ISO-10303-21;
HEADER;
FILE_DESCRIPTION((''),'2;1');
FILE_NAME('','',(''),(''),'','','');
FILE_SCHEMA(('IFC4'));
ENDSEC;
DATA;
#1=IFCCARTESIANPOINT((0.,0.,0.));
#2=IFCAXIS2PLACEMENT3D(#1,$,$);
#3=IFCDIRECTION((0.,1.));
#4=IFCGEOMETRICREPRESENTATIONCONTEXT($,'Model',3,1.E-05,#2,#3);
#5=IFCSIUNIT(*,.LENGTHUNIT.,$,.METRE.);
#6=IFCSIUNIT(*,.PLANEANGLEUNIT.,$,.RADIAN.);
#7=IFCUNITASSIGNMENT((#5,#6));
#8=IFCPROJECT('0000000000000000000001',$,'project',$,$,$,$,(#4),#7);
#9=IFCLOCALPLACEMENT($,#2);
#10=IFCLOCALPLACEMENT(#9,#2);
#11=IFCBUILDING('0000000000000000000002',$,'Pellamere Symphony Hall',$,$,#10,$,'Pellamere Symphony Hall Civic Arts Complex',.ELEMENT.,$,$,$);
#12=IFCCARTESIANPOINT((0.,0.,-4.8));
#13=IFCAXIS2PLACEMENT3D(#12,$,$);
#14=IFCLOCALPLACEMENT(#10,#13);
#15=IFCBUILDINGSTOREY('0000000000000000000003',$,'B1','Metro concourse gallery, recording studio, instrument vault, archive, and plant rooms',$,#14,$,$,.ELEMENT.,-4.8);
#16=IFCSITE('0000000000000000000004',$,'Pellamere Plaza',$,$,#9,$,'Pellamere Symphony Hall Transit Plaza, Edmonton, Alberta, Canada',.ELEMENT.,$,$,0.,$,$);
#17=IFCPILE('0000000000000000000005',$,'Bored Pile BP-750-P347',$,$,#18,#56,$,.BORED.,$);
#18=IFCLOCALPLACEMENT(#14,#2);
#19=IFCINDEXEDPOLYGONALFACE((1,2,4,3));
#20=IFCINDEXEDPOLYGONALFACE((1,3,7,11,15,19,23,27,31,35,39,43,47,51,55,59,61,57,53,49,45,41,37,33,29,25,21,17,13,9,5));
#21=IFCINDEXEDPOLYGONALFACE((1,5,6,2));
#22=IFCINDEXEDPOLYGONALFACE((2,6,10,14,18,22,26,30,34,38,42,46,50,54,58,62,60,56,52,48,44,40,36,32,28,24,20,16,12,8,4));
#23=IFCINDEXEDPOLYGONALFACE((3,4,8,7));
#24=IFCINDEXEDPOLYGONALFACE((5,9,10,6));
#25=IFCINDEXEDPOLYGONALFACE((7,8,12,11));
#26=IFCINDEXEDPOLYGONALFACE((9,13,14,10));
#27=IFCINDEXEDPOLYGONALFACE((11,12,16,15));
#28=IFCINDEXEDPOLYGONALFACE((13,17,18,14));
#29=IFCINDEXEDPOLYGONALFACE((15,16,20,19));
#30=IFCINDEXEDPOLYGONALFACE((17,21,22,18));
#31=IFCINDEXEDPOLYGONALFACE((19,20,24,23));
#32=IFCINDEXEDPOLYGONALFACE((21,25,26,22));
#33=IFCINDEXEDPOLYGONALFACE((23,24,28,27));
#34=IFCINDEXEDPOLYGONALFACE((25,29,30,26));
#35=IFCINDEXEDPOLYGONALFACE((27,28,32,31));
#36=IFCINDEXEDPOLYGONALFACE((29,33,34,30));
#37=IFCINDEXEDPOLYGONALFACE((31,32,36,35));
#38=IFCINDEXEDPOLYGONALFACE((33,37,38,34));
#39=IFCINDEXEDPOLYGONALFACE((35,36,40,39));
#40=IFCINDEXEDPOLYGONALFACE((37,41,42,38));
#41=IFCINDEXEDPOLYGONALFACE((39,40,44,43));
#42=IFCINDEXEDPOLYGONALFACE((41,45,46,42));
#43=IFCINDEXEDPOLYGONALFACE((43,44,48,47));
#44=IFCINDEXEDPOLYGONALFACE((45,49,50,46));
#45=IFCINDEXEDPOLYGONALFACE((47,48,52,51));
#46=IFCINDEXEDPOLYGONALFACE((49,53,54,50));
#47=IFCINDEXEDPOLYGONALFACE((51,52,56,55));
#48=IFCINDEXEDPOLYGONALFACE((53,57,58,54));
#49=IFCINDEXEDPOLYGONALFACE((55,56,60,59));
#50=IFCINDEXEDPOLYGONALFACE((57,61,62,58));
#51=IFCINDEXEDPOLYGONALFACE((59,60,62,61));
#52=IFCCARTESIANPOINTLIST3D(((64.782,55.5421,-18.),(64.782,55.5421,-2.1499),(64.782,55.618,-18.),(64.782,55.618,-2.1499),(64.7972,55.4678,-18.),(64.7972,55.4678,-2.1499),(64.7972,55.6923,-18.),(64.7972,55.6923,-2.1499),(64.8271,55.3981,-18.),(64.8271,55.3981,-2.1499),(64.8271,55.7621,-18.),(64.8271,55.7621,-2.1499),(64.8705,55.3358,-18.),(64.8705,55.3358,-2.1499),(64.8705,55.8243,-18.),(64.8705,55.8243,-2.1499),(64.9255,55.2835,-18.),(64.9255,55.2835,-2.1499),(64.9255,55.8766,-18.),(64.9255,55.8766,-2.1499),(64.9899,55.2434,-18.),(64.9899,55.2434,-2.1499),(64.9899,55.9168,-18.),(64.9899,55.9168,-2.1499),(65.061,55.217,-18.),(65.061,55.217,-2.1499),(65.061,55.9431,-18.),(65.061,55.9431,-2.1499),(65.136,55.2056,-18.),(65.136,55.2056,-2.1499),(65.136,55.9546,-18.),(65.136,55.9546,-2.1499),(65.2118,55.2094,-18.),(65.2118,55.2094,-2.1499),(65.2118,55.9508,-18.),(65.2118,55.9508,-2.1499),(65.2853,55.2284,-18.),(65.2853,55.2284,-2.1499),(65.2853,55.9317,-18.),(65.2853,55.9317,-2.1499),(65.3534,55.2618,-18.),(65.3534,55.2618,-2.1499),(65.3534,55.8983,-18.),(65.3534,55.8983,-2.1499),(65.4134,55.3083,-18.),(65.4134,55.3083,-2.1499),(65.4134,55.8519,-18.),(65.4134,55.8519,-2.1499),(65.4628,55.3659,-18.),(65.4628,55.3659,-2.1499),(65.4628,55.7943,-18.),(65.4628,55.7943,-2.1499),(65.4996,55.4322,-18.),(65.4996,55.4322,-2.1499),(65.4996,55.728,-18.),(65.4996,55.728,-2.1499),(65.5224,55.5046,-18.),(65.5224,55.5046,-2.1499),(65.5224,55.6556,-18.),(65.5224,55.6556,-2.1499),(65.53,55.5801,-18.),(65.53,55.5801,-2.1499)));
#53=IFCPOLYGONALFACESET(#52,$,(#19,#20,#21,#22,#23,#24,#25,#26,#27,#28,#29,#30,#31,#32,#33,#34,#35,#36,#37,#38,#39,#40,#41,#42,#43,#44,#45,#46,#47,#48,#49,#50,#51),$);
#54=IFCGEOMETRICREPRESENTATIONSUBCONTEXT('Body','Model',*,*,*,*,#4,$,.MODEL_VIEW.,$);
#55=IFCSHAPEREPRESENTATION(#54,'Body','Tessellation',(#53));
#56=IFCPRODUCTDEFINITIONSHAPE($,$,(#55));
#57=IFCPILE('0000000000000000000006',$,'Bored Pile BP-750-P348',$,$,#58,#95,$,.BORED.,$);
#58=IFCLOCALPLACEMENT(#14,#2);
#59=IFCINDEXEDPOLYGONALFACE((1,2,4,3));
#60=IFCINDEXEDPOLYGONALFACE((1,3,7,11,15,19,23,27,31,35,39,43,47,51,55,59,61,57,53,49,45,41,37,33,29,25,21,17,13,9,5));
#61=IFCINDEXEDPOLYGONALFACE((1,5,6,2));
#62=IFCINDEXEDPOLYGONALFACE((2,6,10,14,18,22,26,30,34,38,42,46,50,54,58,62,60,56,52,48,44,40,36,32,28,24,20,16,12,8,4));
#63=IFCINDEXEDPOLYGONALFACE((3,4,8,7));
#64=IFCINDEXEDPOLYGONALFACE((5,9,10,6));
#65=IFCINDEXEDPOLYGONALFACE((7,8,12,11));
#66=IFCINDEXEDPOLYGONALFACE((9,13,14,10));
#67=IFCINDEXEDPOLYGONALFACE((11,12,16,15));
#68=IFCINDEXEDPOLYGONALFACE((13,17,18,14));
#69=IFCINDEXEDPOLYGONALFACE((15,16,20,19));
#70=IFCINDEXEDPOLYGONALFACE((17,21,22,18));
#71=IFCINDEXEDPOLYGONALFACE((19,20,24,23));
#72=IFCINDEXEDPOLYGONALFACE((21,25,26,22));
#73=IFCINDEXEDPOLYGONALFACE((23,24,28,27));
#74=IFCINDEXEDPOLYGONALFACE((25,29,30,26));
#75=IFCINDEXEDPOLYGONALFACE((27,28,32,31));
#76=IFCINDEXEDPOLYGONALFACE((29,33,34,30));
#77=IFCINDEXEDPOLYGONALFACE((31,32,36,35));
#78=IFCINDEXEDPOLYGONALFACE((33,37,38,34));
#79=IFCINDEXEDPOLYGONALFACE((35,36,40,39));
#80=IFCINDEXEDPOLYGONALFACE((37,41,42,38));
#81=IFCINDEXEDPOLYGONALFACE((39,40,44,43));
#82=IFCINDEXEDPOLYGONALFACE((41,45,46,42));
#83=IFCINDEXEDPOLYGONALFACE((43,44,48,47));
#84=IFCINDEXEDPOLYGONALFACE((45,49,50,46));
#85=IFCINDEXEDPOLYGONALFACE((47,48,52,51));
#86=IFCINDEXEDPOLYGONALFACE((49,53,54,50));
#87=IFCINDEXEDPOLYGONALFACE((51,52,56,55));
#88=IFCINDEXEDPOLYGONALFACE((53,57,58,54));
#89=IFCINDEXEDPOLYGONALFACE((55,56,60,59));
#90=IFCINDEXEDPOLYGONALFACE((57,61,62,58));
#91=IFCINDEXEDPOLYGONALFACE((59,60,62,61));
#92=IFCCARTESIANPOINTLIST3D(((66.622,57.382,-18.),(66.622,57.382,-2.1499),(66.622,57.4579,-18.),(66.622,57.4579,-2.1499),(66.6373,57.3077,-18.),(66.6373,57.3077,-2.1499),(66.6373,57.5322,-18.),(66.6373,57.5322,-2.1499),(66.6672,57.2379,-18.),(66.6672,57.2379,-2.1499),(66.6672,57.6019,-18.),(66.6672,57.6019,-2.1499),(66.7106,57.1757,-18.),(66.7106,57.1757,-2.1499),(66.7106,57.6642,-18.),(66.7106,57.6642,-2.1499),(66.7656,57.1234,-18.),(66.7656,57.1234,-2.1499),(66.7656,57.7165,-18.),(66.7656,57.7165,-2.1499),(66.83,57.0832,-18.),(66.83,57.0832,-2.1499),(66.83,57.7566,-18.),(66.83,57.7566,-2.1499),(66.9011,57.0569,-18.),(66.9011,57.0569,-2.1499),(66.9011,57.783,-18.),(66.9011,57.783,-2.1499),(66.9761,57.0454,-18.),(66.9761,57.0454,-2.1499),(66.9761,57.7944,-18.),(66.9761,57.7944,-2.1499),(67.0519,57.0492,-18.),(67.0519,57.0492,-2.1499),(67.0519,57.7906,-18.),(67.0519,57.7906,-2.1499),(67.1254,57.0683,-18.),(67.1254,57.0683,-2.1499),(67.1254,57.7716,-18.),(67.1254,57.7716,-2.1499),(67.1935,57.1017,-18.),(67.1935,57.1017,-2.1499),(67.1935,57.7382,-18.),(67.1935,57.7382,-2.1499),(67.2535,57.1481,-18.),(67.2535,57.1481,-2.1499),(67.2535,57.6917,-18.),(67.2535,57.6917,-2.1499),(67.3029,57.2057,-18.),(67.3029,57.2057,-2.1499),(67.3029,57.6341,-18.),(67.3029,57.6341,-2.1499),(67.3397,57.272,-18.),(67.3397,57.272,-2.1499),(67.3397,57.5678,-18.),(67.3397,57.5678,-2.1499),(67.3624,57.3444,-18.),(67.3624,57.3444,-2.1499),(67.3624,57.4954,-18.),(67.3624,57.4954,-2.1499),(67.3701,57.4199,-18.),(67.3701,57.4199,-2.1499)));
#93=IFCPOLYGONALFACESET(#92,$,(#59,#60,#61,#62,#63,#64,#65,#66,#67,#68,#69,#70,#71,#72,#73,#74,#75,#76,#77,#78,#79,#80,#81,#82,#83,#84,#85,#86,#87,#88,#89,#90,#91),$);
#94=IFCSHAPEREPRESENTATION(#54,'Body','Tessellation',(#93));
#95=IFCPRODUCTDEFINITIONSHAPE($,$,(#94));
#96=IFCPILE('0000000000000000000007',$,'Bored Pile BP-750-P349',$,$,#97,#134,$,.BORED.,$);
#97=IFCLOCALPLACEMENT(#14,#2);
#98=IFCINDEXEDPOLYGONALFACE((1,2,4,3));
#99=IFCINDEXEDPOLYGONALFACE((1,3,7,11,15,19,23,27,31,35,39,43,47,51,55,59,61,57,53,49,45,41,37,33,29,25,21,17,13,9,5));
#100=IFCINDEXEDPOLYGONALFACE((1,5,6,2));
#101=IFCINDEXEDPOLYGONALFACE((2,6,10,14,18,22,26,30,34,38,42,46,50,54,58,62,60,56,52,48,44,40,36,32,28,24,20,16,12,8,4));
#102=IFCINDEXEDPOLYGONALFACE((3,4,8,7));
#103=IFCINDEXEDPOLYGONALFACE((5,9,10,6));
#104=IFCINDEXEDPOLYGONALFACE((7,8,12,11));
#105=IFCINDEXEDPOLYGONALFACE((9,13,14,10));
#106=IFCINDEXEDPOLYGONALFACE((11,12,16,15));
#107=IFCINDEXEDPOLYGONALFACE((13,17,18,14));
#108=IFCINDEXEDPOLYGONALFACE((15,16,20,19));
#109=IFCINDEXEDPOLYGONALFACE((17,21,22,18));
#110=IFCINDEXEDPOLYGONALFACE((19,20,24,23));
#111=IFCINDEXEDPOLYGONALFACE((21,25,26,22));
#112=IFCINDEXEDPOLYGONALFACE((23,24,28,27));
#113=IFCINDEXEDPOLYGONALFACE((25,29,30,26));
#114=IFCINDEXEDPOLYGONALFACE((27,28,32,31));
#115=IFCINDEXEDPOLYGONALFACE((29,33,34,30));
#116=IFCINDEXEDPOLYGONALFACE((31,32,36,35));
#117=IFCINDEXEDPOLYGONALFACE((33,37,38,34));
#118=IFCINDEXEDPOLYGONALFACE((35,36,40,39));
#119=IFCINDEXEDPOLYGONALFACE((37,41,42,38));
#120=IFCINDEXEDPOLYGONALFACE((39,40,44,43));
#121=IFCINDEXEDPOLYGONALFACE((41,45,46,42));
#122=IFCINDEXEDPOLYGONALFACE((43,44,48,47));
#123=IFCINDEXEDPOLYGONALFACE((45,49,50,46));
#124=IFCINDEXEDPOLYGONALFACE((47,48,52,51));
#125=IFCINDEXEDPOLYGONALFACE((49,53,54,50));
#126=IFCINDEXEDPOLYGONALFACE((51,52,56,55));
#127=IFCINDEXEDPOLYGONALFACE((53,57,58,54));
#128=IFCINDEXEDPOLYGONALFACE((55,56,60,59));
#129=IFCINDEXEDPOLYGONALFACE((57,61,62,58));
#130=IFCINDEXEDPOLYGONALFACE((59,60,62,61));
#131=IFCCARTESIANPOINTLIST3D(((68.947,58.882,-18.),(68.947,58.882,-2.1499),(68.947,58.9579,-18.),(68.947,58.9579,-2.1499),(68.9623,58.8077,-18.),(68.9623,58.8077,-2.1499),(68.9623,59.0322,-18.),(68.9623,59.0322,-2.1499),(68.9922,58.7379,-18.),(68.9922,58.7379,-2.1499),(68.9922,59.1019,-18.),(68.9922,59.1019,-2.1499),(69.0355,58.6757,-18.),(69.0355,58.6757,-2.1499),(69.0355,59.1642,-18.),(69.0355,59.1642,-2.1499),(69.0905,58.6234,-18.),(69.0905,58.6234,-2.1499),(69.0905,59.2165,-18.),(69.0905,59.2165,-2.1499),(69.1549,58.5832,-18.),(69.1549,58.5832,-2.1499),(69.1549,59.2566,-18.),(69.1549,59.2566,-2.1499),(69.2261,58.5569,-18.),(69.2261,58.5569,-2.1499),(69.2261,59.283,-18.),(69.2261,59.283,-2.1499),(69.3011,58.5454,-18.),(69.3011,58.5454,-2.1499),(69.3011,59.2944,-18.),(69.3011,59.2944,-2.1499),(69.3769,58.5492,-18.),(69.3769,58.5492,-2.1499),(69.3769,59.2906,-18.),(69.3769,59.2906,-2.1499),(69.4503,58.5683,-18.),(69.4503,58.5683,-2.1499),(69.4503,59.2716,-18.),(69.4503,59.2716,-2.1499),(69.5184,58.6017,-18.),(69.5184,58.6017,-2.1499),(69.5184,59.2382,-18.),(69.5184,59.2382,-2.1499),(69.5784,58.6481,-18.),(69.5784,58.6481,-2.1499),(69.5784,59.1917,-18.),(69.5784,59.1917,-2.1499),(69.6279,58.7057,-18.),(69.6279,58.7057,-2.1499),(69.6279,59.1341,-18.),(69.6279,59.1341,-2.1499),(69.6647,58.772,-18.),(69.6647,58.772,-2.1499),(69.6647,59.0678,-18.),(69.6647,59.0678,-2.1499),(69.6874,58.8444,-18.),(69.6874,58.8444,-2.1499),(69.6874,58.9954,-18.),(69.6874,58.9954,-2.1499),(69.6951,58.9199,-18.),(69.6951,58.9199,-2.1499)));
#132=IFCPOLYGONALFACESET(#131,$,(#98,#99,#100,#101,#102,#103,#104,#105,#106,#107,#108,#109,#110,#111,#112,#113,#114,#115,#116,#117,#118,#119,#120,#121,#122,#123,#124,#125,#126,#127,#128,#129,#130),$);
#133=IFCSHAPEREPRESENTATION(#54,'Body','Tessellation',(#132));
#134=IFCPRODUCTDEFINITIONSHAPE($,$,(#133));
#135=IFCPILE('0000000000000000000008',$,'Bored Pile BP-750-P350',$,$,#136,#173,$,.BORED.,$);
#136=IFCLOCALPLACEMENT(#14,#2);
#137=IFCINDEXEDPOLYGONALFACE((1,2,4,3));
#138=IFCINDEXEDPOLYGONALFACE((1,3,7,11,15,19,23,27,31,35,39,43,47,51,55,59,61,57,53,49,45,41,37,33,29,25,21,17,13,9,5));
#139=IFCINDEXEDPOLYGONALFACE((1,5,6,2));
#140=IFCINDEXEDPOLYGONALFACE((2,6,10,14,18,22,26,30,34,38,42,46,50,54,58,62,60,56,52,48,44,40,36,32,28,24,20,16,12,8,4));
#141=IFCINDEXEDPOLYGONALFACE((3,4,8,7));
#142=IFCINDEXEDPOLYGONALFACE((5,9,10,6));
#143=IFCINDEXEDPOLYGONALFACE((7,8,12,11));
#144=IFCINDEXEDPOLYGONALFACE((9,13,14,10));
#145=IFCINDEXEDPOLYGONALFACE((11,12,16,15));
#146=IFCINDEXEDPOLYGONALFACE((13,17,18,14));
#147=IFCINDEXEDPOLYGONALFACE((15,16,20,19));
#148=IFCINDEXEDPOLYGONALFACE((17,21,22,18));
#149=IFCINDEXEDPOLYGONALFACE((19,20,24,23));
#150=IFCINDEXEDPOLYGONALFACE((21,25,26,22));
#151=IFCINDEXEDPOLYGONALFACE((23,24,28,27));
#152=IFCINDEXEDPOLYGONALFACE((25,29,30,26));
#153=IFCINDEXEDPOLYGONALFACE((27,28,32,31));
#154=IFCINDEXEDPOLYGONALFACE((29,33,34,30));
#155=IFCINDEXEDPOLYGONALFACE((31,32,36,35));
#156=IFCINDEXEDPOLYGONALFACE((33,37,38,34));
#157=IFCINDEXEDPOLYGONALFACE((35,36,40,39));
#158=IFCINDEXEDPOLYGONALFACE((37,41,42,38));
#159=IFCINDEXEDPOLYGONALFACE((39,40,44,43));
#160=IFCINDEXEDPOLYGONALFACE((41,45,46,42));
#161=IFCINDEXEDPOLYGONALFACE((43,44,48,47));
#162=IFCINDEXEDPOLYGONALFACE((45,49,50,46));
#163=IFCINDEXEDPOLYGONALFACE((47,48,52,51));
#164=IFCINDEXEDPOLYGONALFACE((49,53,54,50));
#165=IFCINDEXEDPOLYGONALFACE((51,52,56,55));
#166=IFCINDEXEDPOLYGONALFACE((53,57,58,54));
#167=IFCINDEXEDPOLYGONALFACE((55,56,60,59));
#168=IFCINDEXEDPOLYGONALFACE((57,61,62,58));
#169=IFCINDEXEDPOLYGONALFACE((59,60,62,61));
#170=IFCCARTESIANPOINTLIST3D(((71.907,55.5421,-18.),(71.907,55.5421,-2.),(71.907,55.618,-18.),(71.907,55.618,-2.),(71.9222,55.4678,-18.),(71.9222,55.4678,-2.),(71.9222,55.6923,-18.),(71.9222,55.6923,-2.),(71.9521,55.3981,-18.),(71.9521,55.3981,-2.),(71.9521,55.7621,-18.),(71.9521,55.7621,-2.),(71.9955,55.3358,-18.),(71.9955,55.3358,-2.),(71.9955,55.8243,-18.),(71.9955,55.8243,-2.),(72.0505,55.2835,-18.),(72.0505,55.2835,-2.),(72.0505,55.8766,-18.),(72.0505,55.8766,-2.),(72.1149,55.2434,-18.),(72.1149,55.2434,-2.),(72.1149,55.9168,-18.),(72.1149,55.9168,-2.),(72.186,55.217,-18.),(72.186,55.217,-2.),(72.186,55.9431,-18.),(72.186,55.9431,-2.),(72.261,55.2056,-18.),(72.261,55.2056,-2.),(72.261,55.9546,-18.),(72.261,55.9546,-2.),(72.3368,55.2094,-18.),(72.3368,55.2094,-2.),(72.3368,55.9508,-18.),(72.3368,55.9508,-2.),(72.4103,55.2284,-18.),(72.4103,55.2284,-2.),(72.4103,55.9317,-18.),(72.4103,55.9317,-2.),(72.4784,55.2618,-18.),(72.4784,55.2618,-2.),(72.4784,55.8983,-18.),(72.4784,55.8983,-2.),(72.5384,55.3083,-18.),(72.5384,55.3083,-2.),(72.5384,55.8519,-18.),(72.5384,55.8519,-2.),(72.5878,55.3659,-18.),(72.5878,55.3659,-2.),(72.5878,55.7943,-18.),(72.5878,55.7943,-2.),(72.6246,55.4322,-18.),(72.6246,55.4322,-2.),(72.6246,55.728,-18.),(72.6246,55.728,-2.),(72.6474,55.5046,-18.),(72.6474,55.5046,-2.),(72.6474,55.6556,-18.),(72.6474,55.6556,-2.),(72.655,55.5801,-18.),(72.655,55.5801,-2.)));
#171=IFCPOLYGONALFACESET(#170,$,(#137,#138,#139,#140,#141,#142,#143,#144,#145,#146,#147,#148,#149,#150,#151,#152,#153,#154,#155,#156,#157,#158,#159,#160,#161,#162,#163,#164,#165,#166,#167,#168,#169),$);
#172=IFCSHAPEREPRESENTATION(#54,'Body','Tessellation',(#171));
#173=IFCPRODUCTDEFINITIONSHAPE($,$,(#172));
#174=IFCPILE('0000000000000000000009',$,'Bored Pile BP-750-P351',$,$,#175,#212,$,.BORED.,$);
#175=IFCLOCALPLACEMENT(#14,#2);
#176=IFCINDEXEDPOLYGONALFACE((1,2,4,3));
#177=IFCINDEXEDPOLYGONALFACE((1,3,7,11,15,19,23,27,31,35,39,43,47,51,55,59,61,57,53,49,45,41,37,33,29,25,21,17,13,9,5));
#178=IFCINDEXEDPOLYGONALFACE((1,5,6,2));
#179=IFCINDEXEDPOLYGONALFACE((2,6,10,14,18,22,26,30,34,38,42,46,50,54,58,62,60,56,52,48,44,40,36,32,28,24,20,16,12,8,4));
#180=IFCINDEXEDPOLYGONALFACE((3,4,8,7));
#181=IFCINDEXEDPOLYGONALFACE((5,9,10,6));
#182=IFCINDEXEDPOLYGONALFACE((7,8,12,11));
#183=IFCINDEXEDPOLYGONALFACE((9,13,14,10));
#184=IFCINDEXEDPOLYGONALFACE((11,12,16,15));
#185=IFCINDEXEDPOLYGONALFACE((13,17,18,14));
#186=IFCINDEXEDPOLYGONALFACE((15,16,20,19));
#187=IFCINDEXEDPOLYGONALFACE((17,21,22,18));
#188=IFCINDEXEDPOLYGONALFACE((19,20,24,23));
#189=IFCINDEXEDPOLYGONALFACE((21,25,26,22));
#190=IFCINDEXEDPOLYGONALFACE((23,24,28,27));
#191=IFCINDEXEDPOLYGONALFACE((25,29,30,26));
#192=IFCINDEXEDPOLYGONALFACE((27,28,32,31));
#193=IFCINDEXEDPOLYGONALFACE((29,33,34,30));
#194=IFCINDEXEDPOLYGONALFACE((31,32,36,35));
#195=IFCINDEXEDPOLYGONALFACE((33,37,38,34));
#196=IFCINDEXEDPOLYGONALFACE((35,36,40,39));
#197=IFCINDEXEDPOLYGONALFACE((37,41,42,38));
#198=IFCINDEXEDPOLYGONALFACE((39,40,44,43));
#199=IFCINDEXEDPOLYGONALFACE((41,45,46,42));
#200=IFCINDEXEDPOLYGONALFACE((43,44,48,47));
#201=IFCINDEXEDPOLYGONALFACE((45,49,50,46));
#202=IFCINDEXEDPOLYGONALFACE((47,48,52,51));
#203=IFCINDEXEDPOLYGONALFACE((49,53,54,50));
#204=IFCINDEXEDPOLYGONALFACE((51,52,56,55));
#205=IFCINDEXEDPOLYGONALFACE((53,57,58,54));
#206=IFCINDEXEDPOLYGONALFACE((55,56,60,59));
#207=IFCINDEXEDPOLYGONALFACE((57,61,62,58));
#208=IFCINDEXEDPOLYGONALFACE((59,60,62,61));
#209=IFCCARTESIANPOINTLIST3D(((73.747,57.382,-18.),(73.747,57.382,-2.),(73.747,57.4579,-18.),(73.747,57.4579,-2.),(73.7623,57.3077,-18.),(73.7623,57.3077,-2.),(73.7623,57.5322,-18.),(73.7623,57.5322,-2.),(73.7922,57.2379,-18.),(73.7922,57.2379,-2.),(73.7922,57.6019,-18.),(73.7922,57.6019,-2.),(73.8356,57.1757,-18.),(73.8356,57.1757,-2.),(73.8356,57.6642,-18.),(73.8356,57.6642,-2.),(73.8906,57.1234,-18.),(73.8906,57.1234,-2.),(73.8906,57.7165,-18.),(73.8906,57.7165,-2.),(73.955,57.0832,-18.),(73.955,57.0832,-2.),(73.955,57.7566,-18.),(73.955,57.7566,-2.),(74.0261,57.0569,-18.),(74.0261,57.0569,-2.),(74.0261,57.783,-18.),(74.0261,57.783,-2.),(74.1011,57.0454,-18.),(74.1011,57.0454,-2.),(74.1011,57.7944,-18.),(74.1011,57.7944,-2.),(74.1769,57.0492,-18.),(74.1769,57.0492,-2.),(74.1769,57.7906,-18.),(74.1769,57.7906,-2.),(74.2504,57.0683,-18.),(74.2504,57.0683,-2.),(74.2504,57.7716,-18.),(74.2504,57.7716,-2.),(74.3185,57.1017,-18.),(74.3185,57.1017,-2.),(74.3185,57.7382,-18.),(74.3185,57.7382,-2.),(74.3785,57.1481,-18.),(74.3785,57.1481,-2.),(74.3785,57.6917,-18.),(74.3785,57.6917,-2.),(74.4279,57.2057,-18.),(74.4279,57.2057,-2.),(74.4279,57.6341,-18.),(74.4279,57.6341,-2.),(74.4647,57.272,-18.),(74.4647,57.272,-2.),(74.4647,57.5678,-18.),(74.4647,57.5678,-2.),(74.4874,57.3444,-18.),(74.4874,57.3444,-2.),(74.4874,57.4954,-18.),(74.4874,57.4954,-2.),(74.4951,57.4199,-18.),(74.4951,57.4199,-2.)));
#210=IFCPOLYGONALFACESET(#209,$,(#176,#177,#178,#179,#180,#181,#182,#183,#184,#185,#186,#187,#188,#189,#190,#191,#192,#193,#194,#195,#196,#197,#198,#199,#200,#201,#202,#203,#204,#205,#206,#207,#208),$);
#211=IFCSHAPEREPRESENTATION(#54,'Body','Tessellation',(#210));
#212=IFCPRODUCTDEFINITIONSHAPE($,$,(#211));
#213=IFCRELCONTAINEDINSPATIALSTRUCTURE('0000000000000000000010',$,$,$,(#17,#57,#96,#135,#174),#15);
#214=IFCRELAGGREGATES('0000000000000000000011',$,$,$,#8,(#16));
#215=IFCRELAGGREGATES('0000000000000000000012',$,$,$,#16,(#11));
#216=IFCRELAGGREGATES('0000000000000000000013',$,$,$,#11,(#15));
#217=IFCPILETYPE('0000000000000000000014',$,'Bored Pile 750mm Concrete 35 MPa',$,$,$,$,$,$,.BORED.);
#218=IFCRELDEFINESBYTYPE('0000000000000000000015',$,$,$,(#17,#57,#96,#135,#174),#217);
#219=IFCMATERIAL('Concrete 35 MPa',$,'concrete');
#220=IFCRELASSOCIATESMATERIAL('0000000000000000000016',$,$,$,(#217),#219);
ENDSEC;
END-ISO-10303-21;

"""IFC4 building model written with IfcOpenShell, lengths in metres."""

from ifc_helpers import new_model, si_unit, direction, frame, origin, origin_2d, place, context, subcontext, project, spatial, circle, extrude, material, material_profile, profile_set, type_object, element, save


model = new_model("IFC4")

# Units and contexts
model_context = context("Model", 3, precision=1e-05, world=origin(), true_north=direction((0.0, 1.0)))
body_context = subcontext(model_context, "Body", "Model", "MODEL_VIEW")
ifc_project = project(units=[si_unit("LENGTHUNIT", "METRE"), si_unit("PLANEANGLEUNIT", "RADIAN")], contexts=[model_context])

# Site, building, storey
site_placement = place(None, origin())
site = spatial("IfcSite", under=ifc_project, at=site_placement, Name="Pellamere Plaza", LongName="Pellamere Symphony Hall Transit Plaza, Edmonton, Alberta, Canada", CompositionType="ELEMENT", RefElevation=0.0)
building_placement = place(site_placement, origin())
building = spatial("IfcBuilding", under=site, at=building_placement, Name="Pellamere Symphony Hall", LongName="Pellamere Symphony Hall Civic Arts Complex", CompositionType="ELEMENT")
storey_placement = place(building_placement, frame((0.0, 0.0, -4.8)))
storey = spatial("IfcBuildingStorey", under=building, at=storey_placement, Name="B1", Description="Metro concourse gallery, recording studio, instrument vault, archive, and plant rooms", CompositionType="ELEMENT", Elevation=-4.8)

# Piles
ifc_material_1 = material(Name="Concrete 35 MPa", Category="concrete")
ifc_material_profile_1 = material_profile(ifc_material_1, circle(Radius=0.375, at=origin_2d()), Name="PILE D750")
ifc_profile_set_1 = profile_set([ifc_material_profile_1], Name="Concrete 35 MPa")
pile_type = type_object("IfcPileType", Name="Bored Pile 750mm Concrete 35 MPa", PredefinedType="BORED", material=ifc_profile_set_1)
for number, where, z_axis, x_axis, name in (
    (1, (65.155, 55.5801, -2.1499), (0.0, 0.0, -1.0), (1.0, 0.0, 0.0), "Bored Pile BP-750-P347"),
    (2, (66.9951, 57.4199, -2.1499), (0.0, 0.0, -1.0), (1.0, 0.0, 0.0), "Bored Pile BP-750-P348"),
    (3, (69.3201, 58.9199, -2.1499), (0.0, 0.0, -1.0), (1.0, 0.0, 0.0), "Bored Pile BP-750-P349"),
):
    element("IfcPile", number, at=place(storey_placement, frame(where, z_axis=z_axis, x_axis=x_axis)), inside=storey, type_object=pile_type, Name=name, PredefinedType="BORED", context=body_context, shape_type="SweptSolid", body=[
        extrude(circle(Radius=0.375, at=origin_2d()), origin(), (0.0, 0.0, 1.0), 15.8501),
    ])
for number, where, z_axis, x_axis, name in (
    (4, (72.28, 55.5801, -2.0), (0.0, 0.0, -1.0), (1.0, 0.0, 0.0), "Bored Pile BP-750-P350"),
    (5, (74.1201, 57.4199, -2.0), (0.0, 0.0, -1.0), (1.0, 0.0, 0.0), "Bored Pile BP-750-P351"),
):
    element("IfcPile", number, at=place(storey_placement, frame(where, z_axis=z_axis, x_axis=x_axis)), inside=storey, type_object=pile_type, Name=name, PredefinedType="BORED", context=body_context, shape_type="SweptSolid", body=[
        extrude(circle(Radius=0.375, at=origin_2d()), origin(), (0.0, 0.0, 1.0), 16.0),
    ])

save(model, "model.ifc")
